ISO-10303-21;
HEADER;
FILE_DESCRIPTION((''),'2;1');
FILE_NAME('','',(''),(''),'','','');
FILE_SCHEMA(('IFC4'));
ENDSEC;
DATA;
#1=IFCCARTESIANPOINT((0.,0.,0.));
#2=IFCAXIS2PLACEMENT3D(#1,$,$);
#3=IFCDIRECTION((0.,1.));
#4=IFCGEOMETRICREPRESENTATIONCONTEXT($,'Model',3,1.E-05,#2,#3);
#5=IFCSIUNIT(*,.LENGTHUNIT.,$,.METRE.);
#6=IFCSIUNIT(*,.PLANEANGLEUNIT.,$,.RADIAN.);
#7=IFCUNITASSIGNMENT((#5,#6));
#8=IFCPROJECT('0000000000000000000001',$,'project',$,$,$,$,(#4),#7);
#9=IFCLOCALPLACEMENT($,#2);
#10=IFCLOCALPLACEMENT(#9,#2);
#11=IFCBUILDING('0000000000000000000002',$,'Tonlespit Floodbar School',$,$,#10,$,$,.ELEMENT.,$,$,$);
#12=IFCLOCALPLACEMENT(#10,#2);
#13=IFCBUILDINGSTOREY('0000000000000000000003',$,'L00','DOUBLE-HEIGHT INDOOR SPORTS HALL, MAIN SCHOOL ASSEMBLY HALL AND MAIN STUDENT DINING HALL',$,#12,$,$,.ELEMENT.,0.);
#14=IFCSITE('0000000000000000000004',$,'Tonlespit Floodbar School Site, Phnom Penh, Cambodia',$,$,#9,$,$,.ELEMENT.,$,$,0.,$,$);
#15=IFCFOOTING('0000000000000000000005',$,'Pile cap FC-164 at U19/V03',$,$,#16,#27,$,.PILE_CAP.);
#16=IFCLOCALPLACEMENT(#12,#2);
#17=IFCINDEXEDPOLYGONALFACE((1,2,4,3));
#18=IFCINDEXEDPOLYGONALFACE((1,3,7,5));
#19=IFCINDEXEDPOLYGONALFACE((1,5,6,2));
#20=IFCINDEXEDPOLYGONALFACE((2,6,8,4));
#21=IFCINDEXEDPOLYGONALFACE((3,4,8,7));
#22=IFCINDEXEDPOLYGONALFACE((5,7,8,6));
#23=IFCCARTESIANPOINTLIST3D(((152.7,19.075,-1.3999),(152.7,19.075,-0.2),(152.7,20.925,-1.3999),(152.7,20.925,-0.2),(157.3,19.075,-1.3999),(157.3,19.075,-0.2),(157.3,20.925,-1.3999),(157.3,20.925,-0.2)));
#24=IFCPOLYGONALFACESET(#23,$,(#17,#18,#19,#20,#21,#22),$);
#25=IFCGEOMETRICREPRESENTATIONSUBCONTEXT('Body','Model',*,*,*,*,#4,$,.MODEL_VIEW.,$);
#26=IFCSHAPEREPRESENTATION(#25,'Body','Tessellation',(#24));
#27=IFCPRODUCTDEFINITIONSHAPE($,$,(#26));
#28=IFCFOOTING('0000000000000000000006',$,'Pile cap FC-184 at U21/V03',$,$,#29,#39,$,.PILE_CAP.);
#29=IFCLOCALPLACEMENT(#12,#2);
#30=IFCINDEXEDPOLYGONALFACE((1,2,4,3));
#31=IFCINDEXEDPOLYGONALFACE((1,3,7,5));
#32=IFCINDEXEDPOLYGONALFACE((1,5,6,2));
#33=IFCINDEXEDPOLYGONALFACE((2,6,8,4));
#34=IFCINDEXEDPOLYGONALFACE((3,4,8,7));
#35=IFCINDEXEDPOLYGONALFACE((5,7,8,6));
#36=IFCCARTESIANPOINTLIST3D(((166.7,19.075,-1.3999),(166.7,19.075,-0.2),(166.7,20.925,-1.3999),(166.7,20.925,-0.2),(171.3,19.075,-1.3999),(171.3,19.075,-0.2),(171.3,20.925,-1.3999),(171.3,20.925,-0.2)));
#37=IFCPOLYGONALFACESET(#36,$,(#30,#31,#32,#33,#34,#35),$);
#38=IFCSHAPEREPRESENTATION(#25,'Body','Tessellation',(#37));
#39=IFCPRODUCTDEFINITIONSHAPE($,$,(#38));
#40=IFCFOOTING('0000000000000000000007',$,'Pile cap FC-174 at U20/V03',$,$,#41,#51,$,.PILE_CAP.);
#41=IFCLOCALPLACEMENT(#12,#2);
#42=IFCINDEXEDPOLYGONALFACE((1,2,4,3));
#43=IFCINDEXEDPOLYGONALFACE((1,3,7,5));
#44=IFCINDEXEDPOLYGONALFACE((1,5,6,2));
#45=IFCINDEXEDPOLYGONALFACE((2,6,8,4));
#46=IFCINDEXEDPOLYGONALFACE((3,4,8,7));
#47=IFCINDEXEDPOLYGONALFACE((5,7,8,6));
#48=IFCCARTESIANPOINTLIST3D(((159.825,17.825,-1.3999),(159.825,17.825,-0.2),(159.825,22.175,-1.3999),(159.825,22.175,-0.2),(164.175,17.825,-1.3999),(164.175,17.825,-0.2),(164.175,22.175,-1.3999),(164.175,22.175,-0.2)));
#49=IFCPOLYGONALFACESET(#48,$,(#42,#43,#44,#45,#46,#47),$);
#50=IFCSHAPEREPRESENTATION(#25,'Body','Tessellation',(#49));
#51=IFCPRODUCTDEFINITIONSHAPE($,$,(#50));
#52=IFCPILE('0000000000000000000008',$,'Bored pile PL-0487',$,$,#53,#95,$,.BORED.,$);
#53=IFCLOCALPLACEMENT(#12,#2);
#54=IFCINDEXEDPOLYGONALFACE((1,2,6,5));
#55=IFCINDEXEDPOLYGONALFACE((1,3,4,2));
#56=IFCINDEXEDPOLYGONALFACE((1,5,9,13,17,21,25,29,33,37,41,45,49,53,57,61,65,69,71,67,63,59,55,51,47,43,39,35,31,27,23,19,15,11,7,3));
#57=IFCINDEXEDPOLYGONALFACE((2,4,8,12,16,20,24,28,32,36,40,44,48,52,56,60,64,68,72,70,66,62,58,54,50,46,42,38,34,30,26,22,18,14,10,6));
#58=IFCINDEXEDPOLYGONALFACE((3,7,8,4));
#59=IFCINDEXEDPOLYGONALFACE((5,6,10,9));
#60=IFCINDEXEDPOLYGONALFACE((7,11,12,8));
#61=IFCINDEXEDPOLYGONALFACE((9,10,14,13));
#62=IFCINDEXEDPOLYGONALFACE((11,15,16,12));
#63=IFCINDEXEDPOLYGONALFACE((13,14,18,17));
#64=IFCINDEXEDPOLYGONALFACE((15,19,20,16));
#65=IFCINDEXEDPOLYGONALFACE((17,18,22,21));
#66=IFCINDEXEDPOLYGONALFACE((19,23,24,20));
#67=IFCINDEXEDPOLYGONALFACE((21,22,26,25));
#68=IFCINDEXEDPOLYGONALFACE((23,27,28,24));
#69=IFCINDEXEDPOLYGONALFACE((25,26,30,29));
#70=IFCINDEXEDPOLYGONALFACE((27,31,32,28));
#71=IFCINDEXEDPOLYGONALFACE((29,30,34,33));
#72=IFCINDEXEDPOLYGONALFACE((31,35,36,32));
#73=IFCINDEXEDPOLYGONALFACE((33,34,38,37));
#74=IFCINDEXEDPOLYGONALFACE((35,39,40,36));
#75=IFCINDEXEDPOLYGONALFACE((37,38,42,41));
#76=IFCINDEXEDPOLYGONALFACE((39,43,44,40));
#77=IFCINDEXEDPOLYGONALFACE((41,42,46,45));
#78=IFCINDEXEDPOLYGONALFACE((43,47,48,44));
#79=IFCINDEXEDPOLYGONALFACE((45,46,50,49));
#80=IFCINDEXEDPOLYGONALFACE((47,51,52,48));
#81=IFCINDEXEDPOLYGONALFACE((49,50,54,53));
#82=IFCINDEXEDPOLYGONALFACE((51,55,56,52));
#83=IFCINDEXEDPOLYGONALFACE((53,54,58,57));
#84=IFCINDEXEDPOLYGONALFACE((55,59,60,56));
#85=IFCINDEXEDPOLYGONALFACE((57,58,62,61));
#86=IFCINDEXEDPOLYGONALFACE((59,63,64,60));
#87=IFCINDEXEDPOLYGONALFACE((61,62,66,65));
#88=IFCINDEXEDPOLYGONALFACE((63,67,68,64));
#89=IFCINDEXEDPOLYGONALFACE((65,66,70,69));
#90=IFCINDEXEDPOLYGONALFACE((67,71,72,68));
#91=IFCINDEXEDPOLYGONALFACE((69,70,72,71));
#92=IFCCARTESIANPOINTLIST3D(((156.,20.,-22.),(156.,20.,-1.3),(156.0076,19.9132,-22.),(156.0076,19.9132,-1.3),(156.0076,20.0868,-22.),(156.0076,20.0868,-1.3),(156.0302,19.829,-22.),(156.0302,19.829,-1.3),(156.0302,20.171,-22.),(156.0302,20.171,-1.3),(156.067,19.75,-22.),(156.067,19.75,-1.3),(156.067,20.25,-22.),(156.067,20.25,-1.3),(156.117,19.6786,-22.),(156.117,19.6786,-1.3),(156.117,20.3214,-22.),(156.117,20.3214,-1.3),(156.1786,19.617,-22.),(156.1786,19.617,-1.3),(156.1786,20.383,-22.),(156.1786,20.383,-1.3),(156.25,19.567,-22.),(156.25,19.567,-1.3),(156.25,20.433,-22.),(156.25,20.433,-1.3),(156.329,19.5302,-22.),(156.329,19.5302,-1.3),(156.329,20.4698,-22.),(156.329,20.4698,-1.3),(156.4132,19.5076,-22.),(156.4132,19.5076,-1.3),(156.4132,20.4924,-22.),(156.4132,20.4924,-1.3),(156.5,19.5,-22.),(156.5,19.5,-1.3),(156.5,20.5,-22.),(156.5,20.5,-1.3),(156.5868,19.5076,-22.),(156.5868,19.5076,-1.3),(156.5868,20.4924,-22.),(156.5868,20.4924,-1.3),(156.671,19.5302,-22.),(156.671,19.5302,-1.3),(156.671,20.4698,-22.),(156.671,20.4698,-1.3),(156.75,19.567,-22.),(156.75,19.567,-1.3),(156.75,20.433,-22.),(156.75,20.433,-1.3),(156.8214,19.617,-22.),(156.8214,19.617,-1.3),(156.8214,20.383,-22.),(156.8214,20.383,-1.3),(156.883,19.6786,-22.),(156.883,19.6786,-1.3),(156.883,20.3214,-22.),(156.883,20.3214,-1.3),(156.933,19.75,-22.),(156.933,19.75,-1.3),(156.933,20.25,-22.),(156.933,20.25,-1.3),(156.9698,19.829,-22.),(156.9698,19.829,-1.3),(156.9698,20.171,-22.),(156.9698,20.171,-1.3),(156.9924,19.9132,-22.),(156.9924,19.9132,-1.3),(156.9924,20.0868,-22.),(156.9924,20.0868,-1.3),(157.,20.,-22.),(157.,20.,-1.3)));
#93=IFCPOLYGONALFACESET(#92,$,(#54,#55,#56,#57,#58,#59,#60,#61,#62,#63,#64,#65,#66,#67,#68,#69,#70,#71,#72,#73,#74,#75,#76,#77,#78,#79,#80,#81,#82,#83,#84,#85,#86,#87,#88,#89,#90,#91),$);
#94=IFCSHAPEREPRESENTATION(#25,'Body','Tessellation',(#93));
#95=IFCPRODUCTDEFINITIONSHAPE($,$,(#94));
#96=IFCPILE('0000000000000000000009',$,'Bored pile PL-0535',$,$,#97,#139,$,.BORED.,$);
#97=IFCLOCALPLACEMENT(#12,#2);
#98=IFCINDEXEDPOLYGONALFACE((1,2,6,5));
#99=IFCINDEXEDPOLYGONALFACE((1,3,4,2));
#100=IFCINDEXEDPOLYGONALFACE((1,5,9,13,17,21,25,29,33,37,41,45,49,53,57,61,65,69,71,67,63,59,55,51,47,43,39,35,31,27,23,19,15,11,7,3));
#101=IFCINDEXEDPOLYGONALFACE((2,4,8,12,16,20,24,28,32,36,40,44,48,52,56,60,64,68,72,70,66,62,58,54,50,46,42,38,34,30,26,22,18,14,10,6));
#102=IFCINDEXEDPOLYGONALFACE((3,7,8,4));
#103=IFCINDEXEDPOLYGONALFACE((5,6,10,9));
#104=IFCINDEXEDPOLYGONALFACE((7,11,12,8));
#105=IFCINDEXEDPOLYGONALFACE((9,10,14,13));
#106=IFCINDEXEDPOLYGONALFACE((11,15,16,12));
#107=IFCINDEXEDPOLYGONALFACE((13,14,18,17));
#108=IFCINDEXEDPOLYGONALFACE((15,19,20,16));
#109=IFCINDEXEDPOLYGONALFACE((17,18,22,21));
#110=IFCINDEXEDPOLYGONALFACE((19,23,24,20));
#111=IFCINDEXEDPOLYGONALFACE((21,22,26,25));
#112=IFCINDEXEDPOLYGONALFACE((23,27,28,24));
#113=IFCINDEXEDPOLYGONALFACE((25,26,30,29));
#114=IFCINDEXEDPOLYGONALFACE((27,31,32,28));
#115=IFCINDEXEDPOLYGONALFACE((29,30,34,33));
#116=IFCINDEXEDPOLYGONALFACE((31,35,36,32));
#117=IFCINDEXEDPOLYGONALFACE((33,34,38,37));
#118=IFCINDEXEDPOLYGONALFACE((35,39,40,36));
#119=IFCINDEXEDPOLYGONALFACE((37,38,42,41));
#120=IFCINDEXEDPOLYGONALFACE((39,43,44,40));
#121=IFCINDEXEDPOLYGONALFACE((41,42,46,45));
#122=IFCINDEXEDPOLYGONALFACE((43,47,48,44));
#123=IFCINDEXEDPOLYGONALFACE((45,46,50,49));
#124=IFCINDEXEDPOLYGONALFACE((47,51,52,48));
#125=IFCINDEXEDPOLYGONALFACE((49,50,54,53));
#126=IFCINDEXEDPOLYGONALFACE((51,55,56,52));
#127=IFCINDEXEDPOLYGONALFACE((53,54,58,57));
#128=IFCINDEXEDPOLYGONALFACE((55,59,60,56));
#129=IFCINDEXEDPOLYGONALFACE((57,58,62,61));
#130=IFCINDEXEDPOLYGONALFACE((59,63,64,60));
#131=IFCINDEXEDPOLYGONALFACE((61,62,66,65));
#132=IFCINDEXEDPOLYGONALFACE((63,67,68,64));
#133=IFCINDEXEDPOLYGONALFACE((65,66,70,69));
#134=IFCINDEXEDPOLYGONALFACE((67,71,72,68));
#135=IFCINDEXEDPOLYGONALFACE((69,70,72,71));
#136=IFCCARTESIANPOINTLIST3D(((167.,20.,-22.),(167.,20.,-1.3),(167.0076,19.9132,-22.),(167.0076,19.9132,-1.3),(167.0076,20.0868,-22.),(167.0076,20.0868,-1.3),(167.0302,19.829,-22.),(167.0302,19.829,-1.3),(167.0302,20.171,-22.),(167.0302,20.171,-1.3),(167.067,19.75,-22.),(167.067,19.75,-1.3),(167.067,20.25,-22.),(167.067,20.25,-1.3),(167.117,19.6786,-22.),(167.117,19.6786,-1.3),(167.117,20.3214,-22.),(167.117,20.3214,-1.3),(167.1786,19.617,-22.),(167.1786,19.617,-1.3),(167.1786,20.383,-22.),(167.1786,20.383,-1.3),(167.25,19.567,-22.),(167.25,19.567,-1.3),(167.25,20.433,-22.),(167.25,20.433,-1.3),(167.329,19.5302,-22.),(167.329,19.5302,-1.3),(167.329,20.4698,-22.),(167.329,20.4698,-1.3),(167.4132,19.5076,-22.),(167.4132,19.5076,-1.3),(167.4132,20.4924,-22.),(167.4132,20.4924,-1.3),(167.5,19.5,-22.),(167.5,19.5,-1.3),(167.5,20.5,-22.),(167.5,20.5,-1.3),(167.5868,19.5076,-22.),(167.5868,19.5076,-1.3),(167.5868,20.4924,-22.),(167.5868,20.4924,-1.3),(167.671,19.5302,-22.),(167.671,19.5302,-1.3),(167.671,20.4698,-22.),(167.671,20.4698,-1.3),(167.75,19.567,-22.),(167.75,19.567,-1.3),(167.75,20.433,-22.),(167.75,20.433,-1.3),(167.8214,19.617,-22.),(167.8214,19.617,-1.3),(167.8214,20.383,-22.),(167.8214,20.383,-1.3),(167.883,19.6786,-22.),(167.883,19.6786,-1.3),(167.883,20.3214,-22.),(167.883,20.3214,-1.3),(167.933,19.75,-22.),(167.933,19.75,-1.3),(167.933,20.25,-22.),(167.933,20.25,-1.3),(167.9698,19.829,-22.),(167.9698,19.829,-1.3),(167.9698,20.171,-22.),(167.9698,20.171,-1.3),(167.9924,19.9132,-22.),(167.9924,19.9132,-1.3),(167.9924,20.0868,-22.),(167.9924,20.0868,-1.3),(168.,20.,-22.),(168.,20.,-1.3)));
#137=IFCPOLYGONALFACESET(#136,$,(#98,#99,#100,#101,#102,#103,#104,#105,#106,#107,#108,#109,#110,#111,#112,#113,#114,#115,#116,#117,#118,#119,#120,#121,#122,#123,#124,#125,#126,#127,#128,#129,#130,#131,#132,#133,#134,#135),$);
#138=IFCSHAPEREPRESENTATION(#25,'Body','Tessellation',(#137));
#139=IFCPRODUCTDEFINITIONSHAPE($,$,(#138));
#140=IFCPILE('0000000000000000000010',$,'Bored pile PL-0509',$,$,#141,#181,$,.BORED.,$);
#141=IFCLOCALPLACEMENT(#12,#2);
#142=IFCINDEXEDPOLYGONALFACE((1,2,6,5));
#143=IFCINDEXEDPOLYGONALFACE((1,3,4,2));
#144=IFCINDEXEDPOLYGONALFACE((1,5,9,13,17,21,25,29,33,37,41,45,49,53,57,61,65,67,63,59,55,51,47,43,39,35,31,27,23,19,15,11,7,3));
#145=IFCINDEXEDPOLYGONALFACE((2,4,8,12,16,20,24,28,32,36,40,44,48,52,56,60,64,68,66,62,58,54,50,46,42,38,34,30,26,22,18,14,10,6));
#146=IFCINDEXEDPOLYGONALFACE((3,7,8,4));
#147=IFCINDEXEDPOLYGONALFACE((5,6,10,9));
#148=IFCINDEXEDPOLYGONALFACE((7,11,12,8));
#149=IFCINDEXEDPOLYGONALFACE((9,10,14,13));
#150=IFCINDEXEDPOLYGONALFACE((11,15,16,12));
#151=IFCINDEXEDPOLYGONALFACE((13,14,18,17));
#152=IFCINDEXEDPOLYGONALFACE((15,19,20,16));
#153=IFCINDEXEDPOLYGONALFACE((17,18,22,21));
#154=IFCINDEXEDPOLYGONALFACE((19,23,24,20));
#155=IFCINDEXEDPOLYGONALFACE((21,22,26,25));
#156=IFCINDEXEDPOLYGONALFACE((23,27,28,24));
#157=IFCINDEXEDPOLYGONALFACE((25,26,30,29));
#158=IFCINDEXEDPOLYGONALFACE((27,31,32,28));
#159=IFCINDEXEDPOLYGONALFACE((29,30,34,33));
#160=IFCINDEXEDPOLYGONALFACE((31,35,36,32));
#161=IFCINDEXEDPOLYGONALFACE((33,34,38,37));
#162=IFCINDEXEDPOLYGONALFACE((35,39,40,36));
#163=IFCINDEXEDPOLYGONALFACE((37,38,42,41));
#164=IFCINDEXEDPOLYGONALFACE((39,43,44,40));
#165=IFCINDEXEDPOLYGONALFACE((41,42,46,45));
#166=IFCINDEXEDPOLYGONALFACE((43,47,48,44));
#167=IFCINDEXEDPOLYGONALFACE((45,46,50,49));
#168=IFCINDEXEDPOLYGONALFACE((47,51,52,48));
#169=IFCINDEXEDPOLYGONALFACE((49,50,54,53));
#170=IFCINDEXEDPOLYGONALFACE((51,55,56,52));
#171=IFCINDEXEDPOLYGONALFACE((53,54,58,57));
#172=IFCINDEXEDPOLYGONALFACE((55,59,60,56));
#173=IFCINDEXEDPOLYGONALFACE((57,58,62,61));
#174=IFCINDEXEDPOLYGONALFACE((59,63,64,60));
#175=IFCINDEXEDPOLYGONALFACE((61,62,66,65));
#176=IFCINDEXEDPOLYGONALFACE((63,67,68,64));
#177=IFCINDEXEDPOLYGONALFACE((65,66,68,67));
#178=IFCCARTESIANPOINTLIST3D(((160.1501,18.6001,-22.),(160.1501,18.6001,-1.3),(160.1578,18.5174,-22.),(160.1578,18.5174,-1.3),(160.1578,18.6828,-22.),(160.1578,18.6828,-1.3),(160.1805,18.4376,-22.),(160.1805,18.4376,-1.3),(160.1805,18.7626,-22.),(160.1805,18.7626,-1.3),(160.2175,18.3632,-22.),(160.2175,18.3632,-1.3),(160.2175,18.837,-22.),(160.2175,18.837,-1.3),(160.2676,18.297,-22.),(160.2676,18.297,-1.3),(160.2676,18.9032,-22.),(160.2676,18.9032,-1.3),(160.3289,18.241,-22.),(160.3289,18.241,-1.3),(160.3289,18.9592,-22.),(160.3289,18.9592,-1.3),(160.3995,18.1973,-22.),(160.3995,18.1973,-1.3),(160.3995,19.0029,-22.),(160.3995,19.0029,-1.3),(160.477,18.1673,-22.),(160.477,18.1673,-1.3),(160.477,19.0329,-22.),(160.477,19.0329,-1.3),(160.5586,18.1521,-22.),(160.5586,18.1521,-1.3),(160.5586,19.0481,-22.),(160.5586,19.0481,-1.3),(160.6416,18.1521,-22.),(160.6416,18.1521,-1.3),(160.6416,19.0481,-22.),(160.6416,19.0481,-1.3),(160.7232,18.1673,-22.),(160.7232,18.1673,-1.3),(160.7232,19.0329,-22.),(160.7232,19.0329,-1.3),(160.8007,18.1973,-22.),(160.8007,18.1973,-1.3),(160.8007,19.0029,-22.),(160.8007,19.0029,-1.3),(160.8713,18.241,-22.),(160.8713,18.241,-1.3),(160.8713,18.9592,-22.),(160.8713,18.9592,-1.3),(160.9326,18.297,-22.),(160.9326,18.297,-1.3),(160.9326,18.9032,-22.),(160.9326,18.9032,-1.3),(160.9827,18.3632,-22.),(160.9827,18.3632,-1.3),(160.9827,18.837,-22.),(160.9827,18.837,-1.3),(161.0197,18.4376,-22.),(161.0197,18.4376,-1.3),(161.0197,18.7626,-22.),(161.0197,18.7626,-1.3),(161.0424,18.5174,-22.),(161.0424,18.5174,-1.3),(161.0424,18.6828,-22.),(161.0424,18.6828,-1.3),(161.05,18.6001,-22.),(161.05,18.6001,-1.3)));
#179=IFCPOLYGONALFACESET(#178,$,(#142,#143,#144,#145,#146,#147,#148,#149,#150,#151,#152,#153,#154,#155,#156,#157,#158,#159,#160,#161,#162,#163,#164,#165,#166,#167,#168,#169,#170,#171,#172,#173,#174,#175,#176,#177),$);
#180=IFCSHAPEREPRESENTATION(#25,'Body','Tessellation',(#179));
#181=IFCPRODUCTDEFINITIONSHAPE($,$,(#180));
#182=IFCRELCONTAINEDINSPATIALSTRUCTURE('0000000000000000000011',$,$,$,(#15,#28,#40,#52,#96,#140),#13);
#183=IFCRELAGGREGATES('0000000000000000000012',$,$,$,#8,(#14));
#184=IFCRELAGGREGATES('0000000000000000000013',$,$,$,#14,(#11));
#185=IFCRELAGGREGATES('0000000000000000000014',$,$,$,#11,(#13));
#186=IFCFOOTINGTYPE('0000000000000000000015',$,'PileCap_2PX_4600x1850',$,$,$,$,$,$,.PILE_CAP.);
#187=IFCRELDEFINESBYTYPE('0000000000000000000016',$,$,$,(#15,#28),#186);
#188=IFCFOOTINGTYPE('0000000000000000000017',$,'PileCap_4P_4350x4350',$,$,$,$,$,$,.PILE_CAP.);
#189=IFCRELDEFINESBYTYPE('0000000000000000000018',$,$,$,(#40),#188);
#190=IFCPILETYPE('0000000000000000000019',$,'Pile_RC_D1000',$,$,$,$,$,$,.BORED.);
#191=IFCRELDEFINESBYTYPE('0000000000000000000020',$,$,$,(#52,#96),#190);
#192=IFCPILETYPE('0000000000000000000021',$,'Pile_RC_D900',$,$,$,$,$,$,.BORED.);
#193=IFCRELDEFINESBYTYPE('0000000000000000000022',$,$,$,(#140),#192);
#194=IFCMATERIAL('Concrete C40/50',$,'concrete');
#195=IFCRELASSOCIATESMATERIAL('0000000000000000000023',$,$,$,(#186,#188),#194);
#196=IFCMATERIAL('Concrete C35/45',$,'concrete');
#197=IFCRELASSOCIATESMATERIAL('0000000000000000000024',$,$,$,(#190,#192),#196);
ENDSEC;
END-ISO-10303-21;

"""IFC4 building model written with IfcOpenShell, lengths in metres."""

from ifc_helpers import new_model, si_unit, direction, frame, origin, origin_2d, place, context, subcontext, project, spatial, rectangle, circle, extrude, material, material_profile, profile_set, type_object, element, save


model = new_model("IFC4")

# Units and contexts
model_context = context("Model", 3, precision=1e-05, world=origin(), true_north=direction((0.0, 1.0)))
body_context = subcontext(model_context, "Body", "Model", "MODEL_VIEW")
ifc_project = project(units=[si_unit("LENGTHUNIT", "METRE"), si_unit("PLANEANGLEUNIT", "RADIAN")], contexts=[model_context])

# Site, building, storey
site_placement = place(None, origin())
site = spatial("IfcSite", under=ifc_project, at=site_placement, Name="Tonlespit Floodbar School Site, Phnom Penh, Cambodia", CompositionType="ELEMENT", RefElevation=0.0)
building_placement = place(site_placement, origin())
building = spatial("IfcBuilding", under=site, at=building_placement, Name="Tonlespit Floodbar School", CompositionType="ELEMENT")
storey_placement = place(building_placement, origin())
storey = spatial("IfcBuildingStorey", under=building, at=storey_placement, Name="L00", Description="DOUBLE-HEIGHT INDOOR SPORTS HALL, MAIN SCHOOL ASSEMBLY HALL AND MAIN STUDENT DINING HALL", CompositionType="ELEMENT", Elevation=0.0)

# Footings
ifc_material_1 = material(Name="Concrete C40/50", Category="concrete")
footing_type_1 = type_object("IfcFootingType", Name="PileCap_2PX_4600x1850", PredefinedType="PILE_CAP", material=ifc_material_1)
for number, where, z_axis, x_axis, name in (
    (1, (155.0, 20.0, -1.3999), (0.0, 0.0, 1.0), (1.0, 0.0, 0.0), "Pile cap FC-164 at U19/V03"),
    (2, (169.0, 20.0, -1.3999), (0.0, 0.0, 1.0), (1.0, 0.0, 0.0), "Pile cap FC-184 at U21/V03"),
):
    element("IfcFooting", number, at=place(storey_placement, frame(where, z_axis=z_axis, x_axis=x_axis)), inside=storey, type_object=footing_type_1, Name=name, PredefinedType="PILE_CAP", context=body_context, shape_type="SweptSolid", body=[
        extrude(rectangle(XDim=4.6001, YDim=1.8501, at=origin_2d()), origin(), (0.0, 0.0, 1.0), 1.2),
    ])
footing_type_2 = type_object("IfcFootingType", Name="PileCap_4P_4350x4350", PredefinedType="PILE_CAP", material=ifc_material_1)
footing_placement = place(storey_placement, frame((162.0, 20.0, -1.3999), z_axis=(0.0, 0.0, 1.0), x_axis=(1.0, 0.0, 0.0)))
element("IfcFooting", 3, at=footing_placement, inside=storey, type_object=footing_type_2, Name="Pile cap FC-174 at U20/V03", PredefinedType="PILE_CAP", context=body_context, shape_type="SweptSolid", body=[
    extrude(rectangle(XDim=4.3501, YDim=4.3501, at=origin_2d()), origin(), (0.0, 0.0, 1.0), 1.2),
])

# Piles
ifc_material_2 = material(Name="Concrete C35/45", Category="concrete")
ifc_material_profile_1 = material_profile(ifc_material_2, circle(Radius=0.5, at=origin_2d()), Name="BP D1000")
ifc_profile_set_1 = profile_set([ifc_material_profile_1], Name="Concrete C35/45")
pile_type_1 = type_object("IfcPileType", Name="Pile_RC_D1000", PredefinedType="BORED", material=ifc_profile_set_1)
for number, where, z_axis, x_axis, name in (
    (4, (156.5, 20.0, -1.3), (0.0, 0.0, -1.0), (1.0, 0.0, 0.0), "Bored pile PL-0487"),
    (5, (167.5, 20.0, -1.3), (0.0, 0.0, -1.0), (1.0, 0.0, 0.0), "Bored pile PL-0535"),
):
    element("IfcPile", number, at=place(storey_placement, frame(where, z_axis=z_axis, x_axis=x_axis)), inside=storey, type_object=pile_type_1, Name=name, PredefinedType="BORED", context=body_context, shape_type="SweptSolid", body=[
        extrude(circle(Radius=0.5, at=origin_2d()), origin(), (0.0, 0.0, 1.0), 20.7),
    ])
ifc_material_profile_2 = material_profile(ifc_material_2, circle(Radius=0.45, at=origin_2d()), Name="BP D900")
ifc_profile_set_2 = profile_set([ifc_material_profile_2], Name="Concrete C35/45")
pile_type_2 = type_object("IfcPileType", Name="Pile_RC_D900", PredefinedType="BORED", material=ifc_profile_set_2)
for number, where, z_axis, x_axis, name in (
    (6, (160.6001, 18.6001, -1.3), (0.0, 0.0, -1.0), (1.0, 0.0, 0.0), "Bored pile PL-0509"),
):
    element("IfcPile", number, at=place(storey_placement, frame(where, z_axis=z_axis, x_axis=x_axis)), inside=storey, type_object=pile_type_2, Name=name, PredefinedType="BORED", context=body_context, shape_type="SweptSolid", body=[
        extrude(circle(Radius=0.45, at=origin_2d()), origin(), (0.0, 0.0, 1.0), 20.7),
    ])

save(model, "model.ifc")
